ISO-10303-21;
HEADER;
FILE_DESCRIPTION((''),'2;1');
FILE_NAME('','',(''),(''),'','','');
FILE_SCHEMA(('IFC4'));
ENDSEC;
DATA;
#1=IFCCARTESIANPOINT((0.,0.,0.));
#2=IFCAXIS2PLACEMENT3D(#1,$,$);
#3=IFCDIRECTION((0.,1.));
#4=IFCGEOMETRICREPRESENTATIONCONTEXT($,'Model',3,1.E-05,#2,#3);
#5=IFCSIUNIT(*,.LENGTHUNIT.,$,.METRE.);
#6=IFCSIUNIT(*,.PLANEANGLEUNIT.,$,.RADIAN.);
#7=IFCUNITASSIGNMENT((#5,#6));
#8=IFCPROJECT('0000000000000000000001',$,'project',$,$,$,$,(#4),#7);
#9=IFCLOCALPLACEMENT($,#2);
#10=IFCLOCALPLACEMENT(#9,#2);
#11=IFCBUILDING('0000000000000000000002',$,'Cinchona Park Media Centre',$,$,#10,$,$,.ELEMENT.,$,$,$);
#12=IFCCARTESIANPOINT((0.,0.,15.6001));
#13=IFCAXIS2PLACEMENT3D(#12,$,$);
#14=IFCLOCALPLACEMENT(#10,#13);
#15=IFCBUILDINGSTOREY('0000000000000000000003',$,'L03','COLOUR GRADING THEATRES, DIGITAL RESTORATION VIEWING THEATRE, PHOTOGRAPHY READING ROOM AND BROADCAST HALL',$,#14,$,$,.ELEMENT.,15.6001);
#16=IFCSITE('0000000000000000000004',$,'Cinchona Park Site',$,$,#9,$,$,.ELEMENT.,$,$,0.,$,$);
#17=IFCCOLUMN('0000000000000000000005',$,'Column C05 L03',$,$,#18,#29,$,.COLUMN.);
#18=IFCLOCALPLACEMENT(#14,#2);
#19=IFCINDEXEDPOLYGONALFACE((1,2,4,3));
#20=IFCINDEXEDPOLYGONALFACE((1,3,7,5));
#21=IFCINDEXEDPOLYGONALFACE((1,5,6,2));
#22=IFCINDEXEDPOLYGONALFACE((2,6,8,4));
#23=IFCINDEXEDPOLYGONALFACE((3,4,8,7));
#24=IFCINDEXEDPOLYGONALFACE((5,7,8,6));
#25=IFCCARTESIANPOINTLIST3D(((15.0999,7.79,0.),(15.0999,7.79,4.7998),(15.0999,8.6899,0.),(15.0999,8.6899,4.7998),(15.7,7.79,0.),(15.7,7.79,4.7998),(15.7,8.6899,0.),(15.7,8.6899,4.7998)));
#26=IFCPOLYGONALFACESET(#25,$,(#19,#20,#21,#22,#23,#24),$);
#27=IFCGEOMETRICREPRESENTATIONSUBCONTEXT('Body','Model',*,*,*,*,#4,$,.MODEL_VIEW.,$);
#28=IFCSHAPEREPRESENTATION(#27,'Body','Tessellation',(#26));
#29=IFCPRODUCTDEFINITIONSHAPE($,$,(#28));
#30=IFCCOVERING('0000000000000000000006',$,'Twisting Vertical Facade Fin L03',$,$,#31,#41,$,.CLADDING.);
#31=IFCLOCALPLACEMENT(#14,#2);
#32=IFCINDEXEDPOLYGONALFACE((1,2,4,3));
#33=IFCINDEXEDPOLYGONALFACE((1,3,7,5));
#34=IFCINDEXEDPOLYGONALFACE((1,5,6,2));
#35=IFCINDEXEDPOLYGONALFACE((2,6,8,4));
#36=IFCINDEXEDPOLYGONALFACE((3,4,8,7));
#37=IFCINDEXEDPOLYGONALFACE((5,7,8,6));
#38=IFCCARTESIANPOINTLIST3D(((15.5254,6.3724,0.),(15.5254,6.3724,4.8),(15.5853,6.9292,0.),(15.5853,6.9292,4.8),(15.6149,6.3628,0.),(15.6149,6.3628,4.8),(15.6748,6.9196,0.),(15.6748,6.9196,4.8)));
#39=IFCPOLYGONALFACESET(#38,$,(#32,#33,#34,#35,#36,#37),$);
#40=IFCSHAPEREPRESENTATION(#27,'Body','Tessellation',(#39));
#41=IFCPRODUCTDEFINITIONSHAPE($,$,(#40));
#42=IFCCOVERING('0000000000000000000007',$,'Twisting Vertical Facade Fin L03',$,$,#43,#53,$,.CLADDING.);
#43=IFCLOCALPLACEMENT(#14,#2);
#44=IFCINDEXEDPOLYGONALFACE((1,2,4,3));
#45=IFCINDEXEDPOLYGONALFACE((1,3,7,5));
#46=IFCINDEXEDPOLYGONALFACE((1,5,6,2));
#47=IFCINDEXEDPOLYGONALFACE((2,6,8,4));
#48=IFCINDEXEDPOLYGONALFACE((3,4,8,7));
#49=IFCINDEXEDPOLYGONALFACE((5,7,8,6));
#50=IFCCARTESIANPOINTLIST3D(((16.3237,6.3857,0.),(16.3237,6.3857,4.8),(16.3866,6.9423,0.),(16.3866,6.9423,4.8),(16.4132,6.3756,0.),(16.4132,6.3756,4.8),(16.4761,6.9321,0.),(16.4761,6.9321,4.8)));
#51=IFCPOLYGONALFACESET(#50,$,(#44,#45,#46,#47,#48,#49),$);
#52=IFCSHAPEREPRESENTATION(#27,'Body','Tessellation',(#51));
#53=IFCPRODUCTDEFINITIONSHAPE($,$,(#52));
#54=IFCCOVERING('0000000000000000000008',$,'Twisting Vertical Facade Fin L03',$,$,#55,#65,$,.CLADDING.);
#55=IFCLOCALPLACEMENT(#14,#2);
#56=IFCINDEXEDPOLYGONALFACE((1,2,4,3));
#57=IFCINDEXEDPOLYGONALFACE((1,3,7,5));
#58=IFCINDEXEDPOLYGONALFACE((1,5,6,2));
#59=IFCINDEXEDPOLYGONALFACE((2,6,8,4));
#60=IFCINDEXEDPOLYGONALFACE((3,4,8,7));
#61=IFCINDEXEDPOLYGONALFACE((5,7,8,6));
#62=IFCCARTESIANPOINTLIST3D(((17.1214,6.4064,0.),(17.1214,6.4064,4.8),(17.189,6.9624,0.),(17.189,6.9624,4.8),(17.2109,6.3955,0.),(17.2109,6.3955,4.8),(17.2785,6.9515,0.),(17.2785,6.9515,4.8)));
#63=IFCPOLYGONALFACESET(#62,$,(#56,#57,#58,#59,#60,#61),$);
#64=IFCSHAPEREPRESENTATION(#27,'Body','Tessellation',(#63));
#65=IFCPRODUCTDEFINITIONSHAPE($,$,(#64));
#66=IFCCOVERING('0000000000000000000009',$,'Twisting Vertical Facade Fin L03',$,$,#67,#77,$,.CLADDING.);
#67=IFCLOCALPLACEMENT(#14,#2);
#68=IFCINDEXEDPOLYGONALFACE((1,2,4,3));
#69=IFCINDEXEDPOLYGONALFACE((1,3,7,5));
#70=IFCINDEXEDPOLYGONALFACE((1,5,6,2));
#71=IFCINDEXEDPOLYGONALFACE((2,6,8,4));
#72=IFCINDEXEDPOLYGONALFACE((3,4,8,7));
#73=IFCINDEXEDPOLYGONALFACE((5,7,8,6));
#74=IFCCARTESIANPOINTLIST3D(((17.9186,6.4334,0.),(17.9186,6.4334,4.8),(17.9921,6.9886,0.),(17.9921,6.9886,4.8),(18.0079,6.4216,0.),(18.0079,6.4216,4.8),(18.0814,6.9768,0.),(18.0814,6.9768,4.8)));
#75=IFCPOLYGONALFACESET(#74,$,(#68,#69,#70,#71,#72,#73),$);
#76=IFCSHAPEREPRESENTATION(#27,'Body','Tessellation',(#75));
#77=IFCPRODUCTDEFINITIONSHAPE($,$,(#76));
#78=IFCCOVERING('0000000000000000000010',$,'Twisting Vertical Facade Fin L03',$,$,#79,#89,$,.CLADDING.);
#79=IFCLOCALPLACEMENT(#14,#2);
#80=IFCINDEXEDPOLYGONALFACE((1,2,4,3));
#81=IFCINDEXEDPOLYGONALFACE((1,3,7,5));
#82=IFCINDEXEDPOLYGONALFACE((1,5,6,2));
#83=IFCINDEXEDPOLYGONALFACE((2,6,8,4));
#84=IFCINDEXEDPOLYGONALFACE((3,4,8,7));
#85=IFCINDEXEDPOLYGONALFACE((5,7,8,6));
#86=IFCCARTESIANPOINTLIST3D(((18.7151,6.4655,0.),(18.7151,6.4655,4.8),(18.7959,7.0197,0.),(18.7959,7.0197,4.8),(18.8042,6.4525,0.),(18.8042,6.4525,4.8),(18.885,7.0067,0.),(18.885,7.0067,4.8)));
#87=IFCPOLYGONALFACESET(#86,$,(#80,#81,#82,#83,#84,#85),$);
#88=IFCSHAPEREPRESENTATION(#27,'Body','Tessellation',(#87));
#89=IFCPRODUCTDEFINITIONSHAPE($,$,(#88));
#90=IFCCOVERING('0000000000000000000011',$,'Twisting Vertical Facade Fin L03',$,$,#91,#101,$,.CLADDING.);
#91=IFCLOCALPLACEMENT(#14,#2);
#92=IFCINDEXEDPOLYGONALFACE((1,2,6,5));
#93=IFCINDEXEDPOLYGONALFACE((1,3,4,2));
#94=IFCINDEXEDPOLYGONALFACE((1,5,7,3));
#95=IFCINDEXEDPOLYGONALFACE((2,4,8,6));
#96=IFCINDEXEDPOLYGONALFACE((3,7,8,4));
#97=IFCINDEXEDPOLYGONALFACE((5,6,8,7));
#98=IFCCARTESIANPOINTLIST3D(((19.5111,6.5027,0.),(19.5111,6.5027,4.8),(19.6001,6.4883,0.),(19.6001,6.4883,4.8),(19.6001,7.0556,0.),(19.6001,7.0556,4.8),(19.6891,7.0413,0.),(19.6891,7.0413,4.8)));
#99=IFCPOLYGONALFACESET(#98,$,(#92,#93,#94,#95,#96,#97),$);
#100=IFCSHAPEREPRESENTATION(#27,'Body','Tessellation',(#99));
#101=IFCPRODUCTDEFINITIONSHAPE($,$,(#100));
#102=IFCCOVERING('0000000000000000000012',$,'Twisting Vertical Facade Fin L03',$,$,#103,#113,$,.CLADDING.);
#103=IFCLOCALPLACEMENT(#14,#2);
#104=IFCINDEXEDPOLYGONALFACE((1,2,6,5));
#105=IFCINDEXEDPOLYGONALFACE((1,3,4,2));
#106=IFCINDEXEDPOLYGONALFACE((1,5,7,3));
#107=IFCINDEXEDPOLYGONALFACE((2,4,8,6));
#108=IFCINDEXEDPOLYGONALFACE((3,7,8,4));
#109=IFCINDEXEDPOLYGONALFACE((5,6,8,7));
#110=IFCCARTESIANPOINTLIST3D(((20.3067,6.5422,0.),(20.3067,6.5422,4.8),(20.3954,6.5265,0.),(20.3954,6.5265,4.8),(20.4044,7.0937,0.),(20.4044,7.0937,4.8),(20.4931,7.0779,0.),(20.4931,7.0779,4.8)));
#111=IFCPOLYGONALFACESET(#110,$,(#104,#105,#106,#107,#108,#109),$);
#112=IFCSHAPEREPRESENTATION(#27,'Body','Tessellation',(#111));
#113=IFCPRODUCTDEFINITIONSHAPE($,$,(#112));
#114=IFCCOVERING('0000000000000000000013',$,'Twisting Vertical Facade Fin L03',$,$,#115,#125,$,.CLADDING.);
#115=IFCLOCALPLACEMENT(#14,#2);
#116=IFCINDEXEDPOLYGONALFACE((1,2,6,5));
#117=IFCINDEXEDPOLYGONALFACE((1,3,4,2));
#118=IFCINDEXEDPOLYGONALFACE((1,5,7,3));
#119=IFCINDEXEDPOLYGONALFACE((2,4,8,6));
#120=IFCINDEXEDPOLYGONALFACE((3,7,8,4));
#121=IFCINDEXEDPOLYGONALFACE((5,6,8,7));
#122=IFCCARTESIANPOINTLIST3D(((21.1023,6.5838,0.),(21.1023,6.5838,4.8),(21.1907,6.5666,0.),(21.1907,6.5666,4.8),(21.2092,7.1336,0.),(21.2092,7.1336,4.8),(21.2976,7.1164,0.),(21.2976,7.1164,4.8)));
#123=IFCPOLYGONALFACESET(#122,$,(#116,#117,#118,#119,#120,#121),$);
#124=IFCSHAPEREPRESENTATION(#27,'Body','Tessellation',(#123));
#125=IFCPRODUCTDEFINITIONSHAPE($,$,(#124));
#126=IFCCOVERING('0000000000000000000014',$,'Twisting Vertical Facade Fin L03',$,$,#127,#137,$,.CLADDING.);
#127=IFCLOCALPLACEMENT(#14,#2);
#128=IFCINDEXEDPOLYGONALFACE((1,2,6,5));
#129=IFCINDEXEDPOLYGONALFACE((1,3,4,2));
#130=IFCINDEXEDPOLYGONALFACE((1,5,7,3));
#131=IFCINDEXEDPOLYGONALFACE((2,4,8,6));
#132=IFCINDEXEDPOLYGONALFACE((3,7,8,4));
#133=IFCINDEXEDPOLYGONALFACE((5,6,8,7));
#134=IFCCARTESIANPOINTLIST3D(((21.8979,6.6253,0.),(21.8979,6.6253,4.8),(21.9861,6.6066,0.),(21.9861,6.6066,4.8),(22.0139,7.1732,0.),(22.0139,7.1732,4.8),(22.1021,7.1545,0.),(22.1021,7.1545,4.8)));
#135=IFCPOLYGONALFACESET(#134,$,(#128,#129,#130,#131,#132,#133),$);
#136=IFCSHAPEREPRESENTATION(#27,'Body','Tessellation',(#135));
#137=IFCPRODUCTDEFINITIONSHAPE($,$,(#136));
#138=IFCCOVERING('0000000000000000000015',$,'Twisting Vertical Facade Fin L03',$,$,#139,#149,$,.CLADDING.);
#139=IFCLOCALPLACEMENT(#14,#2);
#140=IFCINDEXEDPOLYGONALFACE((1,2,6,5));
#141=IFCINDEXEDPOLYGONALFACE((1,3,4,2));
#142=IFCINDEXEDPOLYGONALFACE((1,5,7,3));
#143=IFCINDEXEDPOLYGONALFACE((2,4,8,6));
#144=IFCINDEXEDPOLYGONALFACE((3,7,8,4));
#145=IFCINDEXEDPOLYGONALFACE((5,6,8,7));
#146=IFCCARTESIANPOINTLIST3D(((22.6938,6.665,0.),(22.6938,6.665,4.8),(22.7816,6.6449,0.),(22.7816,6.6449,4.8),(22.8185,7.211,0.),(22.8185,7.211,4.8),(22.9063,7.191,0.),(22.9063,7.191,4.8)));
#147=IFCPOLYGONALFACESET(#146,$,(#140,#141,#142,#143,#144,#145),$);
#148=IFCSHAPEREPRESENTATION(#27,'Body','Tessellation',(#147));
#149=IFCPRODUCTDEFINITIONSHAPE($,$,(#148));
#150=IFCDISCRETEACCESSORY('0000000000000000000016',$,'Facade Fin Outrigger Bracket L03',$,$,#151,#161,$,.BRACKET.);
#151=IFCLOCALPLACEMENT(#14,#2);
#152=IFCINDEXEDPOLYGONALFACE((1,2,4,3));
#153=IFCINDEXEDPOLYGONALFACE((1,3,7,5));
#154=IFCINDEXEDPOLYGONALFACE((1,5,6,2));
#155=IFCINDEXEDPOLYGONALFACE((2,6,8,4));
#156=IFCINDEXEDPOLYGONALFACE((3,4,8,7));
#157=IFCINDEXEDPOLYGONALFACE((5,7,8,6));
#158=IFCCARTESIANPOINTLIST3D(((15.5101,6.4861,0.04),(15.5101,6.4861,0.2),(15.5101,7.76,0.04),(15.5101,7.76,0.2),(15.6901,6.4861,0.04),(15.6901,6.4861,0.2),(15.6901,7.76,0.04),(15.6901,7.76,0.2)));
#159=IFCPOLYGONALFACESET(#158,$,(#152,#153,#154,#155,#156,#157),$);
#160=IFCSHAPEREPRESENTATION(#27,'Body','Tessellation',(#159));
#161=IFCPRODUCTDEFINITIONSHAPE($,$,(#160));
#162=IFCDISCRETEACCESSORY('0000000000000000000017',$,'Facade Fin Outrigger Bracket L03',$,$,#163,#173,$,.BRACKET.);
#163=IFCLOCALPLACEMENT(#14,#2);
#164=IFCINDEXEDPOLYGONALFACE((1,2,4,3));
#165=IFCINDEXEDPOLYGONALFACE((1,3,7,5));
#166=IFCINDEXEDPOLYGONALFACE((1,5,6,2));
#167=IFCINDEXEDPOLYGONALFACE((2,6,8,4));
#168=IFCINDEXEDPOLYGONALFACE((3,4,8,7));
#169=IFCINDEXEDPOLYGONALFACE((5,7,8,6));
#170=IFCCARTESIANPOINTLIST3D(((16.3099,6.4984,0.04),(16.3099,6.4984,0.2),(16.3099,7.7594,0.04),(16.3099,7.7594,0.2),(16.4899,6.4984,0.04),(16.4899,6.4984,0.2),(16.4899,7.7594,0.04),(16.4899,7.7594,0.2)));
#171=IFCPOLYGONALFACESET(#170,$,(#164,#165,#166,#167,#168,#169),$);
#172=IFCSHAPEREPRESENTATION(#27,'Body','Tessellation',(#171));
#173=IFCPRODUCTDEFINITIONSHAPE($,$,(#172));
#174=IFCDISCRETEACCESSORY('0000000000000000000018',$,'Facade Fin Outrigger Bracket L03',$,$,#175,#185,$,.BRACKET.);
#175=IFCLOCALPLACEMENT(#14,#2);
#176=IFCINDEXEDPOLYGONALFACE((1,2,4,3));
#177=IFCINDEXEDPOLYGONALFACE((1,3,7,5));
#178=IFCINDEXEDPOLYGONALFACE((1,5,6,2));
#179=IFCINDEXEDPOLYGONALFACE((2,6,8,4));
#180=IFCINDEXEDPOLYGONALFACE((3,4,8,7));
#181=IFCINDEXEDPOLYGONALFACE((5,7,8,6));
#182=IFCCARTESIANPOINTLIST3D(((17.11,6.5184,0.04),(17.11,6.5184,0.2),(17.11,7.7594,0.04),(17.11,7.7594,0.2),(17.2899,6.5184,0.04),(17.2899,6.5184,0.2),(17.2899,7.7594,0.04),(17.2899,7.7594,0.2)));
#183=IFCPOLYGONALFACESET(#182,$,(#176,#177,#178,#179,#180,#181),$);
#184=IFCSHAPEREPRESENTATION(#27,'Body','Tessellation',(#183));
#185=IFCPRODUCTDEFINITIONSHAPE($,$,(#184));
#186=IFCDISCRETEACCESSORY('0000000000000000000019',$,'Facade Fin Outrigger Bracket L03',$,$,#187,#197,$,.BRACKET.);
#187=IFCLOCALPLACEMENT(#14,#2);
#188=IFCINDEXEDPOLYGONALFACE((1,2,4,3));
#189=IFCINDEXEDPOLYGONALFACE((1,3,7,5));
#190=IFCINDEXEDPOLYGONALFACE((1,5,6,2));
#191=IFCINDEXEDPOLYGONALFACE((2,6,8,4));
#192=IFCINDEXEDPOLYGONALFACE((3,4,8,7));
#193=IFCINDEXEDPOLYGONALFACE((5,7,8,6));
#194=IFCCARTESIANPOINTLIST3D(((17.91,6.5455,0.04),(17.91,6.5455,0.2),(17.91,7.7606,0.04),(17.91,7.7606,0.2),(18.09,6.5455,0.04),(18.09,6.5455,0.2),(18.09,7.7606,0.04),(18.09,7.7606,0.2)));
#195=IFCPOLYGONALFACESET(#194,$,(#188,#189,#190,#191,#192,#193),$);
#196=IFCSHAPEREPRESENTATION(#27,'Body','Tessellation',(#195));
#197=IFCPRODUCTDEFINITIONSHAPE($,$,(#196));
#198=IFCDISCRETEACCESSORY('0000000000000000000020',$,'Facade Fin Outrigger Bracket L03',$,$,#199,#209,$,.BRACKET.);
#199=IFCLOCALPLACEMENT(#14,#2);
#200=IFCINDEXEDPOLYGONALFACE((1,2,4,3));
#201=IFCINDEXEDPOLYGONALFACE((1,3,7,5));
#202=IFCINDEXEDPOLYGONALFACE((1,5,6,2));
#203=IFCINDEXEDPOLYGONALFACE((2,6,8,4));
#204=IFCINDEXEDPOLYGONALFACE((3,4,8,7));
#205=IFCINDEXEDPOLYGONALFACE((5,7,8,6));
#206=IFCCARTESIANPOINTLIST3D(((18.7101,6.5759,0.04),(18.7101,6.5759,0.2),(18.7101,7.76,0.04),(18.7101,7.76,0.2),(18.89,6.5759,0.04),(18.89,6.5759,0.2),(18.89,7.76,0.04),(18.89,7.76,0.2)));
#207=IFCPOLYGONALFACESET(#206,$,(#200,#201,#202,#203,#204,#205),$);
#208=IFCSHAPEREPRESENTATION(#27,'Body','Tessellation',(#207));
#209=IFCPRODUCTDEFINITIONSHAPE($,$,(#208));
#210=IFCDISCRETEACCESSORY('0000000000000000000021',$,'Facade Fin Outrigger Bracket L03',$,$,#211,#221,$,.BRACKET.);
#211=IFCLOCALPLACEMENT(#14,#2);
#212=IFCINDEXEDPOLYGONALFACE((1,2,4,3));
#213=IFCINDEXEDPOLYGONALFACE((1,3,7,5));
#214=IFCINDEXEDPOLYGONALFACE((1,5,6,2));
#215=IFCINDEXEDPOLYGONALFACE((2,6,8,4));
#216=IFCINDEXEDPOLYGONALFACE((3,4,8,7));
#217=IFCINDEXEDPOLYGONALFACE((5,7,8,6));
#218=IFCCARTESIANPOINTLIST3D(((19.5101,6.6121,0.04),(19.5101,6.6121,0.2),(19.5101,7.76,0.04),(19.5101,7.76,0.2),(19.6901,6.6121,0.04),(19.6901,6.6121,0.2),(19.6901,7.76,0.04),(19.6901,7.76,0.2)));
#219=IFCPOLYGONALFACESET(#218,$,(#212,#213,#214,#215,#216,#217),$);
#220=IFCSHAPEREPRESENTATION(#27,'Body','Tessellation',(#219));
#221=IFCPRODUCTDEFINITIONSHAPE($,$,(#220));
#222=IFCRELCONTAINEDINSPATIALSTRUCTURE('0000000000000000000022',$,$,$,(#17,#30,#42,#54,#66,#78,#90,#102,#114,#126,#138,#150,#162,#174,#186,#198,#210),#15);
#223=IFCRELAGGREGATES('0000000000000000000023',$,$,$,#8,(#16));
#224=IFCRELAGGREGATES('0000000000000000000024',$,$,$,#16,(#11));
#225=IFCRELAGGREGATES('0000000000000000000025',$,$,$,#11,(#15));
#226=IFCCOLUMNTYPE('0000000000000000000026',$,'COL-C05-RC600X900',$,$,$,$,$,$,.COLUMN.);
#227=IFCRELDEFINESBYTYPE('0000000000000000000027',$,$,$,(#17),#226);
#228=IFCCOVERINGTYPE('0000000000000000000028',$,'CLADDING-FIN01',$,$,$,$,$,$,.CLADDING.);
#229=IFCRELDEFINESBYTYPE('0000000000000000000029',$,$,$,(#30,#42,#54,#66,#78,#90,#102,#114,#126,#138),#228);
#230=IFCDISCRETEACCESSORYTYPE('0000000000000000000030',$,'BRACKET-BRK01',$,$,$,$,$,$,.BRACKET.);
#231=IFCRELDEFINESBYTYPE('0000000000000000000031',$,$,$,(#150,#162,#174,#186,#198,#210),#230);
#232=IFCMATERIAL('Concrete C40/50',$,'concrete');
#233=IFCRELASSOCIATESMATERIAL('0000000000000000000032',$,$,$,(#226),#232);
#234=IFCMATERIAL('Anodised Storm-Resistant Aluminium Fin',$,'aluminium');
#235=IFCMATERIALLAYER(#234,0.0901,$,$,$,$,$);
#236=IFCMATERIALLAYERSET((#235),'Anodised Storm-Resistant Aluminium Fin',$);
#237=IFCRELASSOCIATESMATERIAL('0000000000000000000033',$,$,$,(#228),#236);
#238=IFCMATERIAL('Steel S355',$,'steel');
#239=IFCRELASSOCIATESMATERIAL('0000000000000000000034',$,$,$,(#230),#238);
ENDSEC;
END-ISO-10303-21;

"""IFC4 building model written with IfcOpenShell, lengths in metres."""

from ifc_helpers import new_model, si_unit, direction, frame, origin, origin_2d, place, context, subcontext, project, spatial, rectangle, extrude, material, layer, layer_set, material_profile, profile_set, type_object, element, save


model = new_model("IFC4")

# Units and contexts
model_context = context("Model", 3, precision=1e-05, world=origin(), true_north=direction((0.0, 1.0)))
body_context = subcontext(model_context, "Body", "Model", "MODEL_VIEW")
ifc_project = project(units=[si_unit("LENGTHUNIT", "METRE"), si_unit("PLANEANGLEUNIT", "RADIAN")], contexts=[model_context])

# Site, building, storey
site_placement = place(None, origin())
site = spatial("IfcSite", under=ifc_project, at=site_placement, Name="Cinchona Park Site", CompositionType="ELEMENT", RefElevation=0.0)
building_placement = place(site_placement, origin())
building = spatial("IfcBuilding", under=site, at=building_placement, Name="Cinchona Park Media Centre", CompositionType="ELEMENT")
storey_placement = place(building_placement, frame((0.0, 0.0, 15.6001)))
storey = spatial("IfcBuildingStorey", under=building, at=storey_placement, Name="L03", Description="COLOUR GRADING THEATRES, DIGITAL RESTORATION VIEWING THEATRE, PHOTOGRAPHY READING ROOM AND BROADCAST HALL", CompositionType="ELEMENT", Elevation=15.6001)

# Column
ifc_material_1 = material(Name="Concrete C40/50", Category="concrete")
ifc_material_profile = material_profile(ifc_material_1, rectangle(XDim=0.6001, YDim=0.8999, at=origin_2d()), Name="RC 600X900")
ifc_profile_set = profile_set([ifc_material_profile], Name="Concrete C40/50")
column_type = type_object("IfcColumnType", Name="COL-C05-RC600X900", PredefinedType="COLUMN", material=ifc_profile_set)
column_placement = place(storey_placement, frame((15.3999, 8.24, 0.0), z_axis=(0.0, 0.0, 1.0), x_axis=(1.0, 0.0, 0.0)))
element("IfcColumn", 1, at=column_placement, inside=storey, type_object=column_type, Name="Column C05 L03", PredefinedType="COLUMN", context=body_context, shape_type="SweptSolid", body=[
    extrude(rectangle(XDim=0.6001, YDim=0.8999, at=origin_2d()), origin(), (0.0, 0.0, 1.0), 4.7998),
])

# Coverings
ifc_material_2 = material(Name="Anodised Storm-Resistant Aluminium Fin", Category="aluminium")
ifc_layer_1 = layer(ifc_material_2, 0.0901)
ifc_layer_set_1 = layer_set([ifc_layer_1], Name="Anodised Storm-Resistant Aluminium Fin")
covering_type = type_object("IfcCoveringType", Name="CLADDING-FIN01", PredefinedType="CLADDING", material=ifc_layer_set_1)
for number, where, z_axis, x_axis, name in (
    (2, (15.6001, 6.646, 0.0), (0.0, 0.0, 1.0), (0.106958, 0.994264, 0.0), "Twisting Vertical Facade Fin L03"),
    (3, (16.3999, 6.6589, 0.0), (0.0, 0.0, 1.0), (0.112336, 0.99367, 0.0), "Twisting Vertical Facade Fin L03"),
    (4, (17.2, 6.679, 0.0), (0.0, 0.0, 1.0), (0.120657, 0.992694, 0.0), "Twisting Vertical Facade Fin L03"),
    (5, (18.0, 6.7051, 0.0), (0.0, 0.0, 1.0), (0.131391, 0.991331, 0.0), "Twisting Vertical Facade Fin L03"),
    (6, (18.8, 6.7361, 0.0), (0.0, 0.0, 1.0), (0.144356, 0.989526, 0.0), "Twisting Vertical Facade Fin L03"),
    (7, (19.6001, 6.772, 0.0), (0.0, 0.0, 1.0), (0.158847, 0.987303, 0.0), "Twisting Vertical Facade Fin L03"),
    (8, (20.3999, 6.8101, 0.0), (0.0, 0.0, 1.0), (0.174508, 0.984656, 0.0), "Twisting Vertical Facade Fin L03"),
    (9, (21.2, 6.8501, 0.0), (0.0, 0.0, 1.0), (0.190809, 0.981627, 0.0), "Twisting Vertical Facade Fin L03"),
    (10, (22.0, 6.8899, 0.0), (0.0, 0.0, 1.0), (0.207058, 0.978329, 0.0), "Twisting Vertical Facade Fin L03"),
    (11, (22.8, 6.928, 0.0), (0.0, 0.0, 1.0), (0.22257, 0.974917, 0.0), "Twisting Vertical Facade Fin L03"),
):
    element("IfcCovering", number, at=place(storey_placement, frame(where, z_axis=z_axis, x_axis=x_axis)), inside=storey, type_object=covering_type, Name=name, PredefinedType="CLADDING", context=body_context, shape_type="SweptSolid", body=[
        extrude(rectangle(XDim=0.5601, YDim=0.0901, at=origin_2d()), origin(), (0.0, 0.0, 1.0), 4.8),
    ])

# Discrete accessories
ifc_material_3 = material(Name="Steel S355", Category="steel")
discrete_accessory_type = type_object("IfcDiscreteAccessoryType", Name="BRACKET-BRK01", PredefinedType="BRACKET", material=ifc_material_3)
discrete_accessory_1_placement = place(storey_placement, frame((15.6001, 7.123, 0.04), z_axis=(0.0, 0.0, 1.0), x_axis=(1.0, 0.0, 0.0)))
element("IfcDiscreteAccessory", 12, at=discrete_accessory_1_placement, inside=storey, type_object=discrete_accessory_type, Name="Facade Fin Outrigger Bracket L03", PredefinedType="BRACKET", context=body_context, shape_type="SweptSolid", body=[
    extrude(rectangle(XDim=0.1799, YDim=1.2739, at=origin_2d()), origin(), (0.0, 0.0, 1.0), 0.1599),
])
discrete_accessory_2_placement = place(storey_placement, frame((16.3999, 7.1289, 0.04), z_axis=(0.0, 0.0, 1.0), x_axis=(1.0, 0.0, 0.0)))
element("IfcDiscreteAccessory", 13, at=discrete_accessory_2_placement, inside=storey, type_object=discrete_accessory_type, Name="Facade Fin Outrigger Bracket L03", PredefinedType="BRACKET", context=body_context, shape_type="SweptSolid", body=[
    extrude(rectangle(XDim=0.1799, YDim=1.261, at=origin_2d()), origin(), (0.0, 0.0, 1.0), 0.1599),
])
discrete_accessory_3_placement = place(storey_placement, frame((17.2, 7.1389, 0.04), z_axis=(0.0, 0.0, 1.0), x_axis=(1.0, 0.0, 0.0)))
element("IfcDiscreteAccessory", 14, at=discrete_accessory_3_placement, inside=storey, type_object=discrete_accessory_type, Name="Facade Fin Outrigger Bracket L03", PredefinedType="BRACKET", context=body_context, shape_type="SweptSolid", body=[
    extrude(rectangle(XDim=0.1799, YDim=1.241, at=origin_2d()), origin(), (0.0, 0.0, 1.0), 0.1599),
])
discrete_accessory_4_placement = place(storey_placement, frame((18.0, 7.1531, 0.04), z_axis=(0.0, 0.0, 1.0), x_axis=(1.0, 0.0, 0.0)))
element("IfcDiscreteAccessory", 15, at=discrete_accessory_4_placement, inside=storey, type_object=discrete_accessory_type, Name="Facade Fin Outrigger Bracket L03", PredefinedType="BRACKET", context=body_context, shape_type="SweptSolid", body=[
    extrude(rectangle(XDim=0.1799, YDim=1.2151, at=origin_2d()), origin(), (0.0, 0.0, 1.0), 0.1599),
])
discrete_accessory_5_placement = place(storey_placement, frame((18.8, 7.168, 0.04), z_axis=(0.0, 0.0, 1.0), x_axis=(1.0, 0.0, 0.0)))
element("IfcDiscreteAccessory", 16, at=discrete_accessory_5_placement, inside=storey, type_object=discrete_accessory_type, Name="Facade Fin Outrigger Bracket L03", PredefinedType="BRACKET", context=body_context, shape_type="SweptSolid", body=[
    extrude(rectangle(XDim=0.1799, YDim=1.1841, at=origin_2d()), origin(), (0.0, 0.0, 1.0), 0.1599),
])
discrete_accessory_6_placement = place(storey_placement, frame((19.6001, 7.186, 0.04), z_axis=(0.0, 0.0, 1.0), x_axis=(1.0, 0.0, 0.0)))
element("IfcDiscreteAccessory", 17, at=discrete_accessory_6_placement, inside=storey, type_object=discrete_accessory_type, Name="Facade Fin Outrigger Bracket L03", PredefinedType="BRACKET", context=body_context, shape_type="SweptSolid", body=[
    extrude(rectangle(XDim=0.1799, YDim=1.1479, at=origin_2d()), origin(), (0.0, 0.0, 1.0), 0.1599),
])

save(model, "model.ifc")
